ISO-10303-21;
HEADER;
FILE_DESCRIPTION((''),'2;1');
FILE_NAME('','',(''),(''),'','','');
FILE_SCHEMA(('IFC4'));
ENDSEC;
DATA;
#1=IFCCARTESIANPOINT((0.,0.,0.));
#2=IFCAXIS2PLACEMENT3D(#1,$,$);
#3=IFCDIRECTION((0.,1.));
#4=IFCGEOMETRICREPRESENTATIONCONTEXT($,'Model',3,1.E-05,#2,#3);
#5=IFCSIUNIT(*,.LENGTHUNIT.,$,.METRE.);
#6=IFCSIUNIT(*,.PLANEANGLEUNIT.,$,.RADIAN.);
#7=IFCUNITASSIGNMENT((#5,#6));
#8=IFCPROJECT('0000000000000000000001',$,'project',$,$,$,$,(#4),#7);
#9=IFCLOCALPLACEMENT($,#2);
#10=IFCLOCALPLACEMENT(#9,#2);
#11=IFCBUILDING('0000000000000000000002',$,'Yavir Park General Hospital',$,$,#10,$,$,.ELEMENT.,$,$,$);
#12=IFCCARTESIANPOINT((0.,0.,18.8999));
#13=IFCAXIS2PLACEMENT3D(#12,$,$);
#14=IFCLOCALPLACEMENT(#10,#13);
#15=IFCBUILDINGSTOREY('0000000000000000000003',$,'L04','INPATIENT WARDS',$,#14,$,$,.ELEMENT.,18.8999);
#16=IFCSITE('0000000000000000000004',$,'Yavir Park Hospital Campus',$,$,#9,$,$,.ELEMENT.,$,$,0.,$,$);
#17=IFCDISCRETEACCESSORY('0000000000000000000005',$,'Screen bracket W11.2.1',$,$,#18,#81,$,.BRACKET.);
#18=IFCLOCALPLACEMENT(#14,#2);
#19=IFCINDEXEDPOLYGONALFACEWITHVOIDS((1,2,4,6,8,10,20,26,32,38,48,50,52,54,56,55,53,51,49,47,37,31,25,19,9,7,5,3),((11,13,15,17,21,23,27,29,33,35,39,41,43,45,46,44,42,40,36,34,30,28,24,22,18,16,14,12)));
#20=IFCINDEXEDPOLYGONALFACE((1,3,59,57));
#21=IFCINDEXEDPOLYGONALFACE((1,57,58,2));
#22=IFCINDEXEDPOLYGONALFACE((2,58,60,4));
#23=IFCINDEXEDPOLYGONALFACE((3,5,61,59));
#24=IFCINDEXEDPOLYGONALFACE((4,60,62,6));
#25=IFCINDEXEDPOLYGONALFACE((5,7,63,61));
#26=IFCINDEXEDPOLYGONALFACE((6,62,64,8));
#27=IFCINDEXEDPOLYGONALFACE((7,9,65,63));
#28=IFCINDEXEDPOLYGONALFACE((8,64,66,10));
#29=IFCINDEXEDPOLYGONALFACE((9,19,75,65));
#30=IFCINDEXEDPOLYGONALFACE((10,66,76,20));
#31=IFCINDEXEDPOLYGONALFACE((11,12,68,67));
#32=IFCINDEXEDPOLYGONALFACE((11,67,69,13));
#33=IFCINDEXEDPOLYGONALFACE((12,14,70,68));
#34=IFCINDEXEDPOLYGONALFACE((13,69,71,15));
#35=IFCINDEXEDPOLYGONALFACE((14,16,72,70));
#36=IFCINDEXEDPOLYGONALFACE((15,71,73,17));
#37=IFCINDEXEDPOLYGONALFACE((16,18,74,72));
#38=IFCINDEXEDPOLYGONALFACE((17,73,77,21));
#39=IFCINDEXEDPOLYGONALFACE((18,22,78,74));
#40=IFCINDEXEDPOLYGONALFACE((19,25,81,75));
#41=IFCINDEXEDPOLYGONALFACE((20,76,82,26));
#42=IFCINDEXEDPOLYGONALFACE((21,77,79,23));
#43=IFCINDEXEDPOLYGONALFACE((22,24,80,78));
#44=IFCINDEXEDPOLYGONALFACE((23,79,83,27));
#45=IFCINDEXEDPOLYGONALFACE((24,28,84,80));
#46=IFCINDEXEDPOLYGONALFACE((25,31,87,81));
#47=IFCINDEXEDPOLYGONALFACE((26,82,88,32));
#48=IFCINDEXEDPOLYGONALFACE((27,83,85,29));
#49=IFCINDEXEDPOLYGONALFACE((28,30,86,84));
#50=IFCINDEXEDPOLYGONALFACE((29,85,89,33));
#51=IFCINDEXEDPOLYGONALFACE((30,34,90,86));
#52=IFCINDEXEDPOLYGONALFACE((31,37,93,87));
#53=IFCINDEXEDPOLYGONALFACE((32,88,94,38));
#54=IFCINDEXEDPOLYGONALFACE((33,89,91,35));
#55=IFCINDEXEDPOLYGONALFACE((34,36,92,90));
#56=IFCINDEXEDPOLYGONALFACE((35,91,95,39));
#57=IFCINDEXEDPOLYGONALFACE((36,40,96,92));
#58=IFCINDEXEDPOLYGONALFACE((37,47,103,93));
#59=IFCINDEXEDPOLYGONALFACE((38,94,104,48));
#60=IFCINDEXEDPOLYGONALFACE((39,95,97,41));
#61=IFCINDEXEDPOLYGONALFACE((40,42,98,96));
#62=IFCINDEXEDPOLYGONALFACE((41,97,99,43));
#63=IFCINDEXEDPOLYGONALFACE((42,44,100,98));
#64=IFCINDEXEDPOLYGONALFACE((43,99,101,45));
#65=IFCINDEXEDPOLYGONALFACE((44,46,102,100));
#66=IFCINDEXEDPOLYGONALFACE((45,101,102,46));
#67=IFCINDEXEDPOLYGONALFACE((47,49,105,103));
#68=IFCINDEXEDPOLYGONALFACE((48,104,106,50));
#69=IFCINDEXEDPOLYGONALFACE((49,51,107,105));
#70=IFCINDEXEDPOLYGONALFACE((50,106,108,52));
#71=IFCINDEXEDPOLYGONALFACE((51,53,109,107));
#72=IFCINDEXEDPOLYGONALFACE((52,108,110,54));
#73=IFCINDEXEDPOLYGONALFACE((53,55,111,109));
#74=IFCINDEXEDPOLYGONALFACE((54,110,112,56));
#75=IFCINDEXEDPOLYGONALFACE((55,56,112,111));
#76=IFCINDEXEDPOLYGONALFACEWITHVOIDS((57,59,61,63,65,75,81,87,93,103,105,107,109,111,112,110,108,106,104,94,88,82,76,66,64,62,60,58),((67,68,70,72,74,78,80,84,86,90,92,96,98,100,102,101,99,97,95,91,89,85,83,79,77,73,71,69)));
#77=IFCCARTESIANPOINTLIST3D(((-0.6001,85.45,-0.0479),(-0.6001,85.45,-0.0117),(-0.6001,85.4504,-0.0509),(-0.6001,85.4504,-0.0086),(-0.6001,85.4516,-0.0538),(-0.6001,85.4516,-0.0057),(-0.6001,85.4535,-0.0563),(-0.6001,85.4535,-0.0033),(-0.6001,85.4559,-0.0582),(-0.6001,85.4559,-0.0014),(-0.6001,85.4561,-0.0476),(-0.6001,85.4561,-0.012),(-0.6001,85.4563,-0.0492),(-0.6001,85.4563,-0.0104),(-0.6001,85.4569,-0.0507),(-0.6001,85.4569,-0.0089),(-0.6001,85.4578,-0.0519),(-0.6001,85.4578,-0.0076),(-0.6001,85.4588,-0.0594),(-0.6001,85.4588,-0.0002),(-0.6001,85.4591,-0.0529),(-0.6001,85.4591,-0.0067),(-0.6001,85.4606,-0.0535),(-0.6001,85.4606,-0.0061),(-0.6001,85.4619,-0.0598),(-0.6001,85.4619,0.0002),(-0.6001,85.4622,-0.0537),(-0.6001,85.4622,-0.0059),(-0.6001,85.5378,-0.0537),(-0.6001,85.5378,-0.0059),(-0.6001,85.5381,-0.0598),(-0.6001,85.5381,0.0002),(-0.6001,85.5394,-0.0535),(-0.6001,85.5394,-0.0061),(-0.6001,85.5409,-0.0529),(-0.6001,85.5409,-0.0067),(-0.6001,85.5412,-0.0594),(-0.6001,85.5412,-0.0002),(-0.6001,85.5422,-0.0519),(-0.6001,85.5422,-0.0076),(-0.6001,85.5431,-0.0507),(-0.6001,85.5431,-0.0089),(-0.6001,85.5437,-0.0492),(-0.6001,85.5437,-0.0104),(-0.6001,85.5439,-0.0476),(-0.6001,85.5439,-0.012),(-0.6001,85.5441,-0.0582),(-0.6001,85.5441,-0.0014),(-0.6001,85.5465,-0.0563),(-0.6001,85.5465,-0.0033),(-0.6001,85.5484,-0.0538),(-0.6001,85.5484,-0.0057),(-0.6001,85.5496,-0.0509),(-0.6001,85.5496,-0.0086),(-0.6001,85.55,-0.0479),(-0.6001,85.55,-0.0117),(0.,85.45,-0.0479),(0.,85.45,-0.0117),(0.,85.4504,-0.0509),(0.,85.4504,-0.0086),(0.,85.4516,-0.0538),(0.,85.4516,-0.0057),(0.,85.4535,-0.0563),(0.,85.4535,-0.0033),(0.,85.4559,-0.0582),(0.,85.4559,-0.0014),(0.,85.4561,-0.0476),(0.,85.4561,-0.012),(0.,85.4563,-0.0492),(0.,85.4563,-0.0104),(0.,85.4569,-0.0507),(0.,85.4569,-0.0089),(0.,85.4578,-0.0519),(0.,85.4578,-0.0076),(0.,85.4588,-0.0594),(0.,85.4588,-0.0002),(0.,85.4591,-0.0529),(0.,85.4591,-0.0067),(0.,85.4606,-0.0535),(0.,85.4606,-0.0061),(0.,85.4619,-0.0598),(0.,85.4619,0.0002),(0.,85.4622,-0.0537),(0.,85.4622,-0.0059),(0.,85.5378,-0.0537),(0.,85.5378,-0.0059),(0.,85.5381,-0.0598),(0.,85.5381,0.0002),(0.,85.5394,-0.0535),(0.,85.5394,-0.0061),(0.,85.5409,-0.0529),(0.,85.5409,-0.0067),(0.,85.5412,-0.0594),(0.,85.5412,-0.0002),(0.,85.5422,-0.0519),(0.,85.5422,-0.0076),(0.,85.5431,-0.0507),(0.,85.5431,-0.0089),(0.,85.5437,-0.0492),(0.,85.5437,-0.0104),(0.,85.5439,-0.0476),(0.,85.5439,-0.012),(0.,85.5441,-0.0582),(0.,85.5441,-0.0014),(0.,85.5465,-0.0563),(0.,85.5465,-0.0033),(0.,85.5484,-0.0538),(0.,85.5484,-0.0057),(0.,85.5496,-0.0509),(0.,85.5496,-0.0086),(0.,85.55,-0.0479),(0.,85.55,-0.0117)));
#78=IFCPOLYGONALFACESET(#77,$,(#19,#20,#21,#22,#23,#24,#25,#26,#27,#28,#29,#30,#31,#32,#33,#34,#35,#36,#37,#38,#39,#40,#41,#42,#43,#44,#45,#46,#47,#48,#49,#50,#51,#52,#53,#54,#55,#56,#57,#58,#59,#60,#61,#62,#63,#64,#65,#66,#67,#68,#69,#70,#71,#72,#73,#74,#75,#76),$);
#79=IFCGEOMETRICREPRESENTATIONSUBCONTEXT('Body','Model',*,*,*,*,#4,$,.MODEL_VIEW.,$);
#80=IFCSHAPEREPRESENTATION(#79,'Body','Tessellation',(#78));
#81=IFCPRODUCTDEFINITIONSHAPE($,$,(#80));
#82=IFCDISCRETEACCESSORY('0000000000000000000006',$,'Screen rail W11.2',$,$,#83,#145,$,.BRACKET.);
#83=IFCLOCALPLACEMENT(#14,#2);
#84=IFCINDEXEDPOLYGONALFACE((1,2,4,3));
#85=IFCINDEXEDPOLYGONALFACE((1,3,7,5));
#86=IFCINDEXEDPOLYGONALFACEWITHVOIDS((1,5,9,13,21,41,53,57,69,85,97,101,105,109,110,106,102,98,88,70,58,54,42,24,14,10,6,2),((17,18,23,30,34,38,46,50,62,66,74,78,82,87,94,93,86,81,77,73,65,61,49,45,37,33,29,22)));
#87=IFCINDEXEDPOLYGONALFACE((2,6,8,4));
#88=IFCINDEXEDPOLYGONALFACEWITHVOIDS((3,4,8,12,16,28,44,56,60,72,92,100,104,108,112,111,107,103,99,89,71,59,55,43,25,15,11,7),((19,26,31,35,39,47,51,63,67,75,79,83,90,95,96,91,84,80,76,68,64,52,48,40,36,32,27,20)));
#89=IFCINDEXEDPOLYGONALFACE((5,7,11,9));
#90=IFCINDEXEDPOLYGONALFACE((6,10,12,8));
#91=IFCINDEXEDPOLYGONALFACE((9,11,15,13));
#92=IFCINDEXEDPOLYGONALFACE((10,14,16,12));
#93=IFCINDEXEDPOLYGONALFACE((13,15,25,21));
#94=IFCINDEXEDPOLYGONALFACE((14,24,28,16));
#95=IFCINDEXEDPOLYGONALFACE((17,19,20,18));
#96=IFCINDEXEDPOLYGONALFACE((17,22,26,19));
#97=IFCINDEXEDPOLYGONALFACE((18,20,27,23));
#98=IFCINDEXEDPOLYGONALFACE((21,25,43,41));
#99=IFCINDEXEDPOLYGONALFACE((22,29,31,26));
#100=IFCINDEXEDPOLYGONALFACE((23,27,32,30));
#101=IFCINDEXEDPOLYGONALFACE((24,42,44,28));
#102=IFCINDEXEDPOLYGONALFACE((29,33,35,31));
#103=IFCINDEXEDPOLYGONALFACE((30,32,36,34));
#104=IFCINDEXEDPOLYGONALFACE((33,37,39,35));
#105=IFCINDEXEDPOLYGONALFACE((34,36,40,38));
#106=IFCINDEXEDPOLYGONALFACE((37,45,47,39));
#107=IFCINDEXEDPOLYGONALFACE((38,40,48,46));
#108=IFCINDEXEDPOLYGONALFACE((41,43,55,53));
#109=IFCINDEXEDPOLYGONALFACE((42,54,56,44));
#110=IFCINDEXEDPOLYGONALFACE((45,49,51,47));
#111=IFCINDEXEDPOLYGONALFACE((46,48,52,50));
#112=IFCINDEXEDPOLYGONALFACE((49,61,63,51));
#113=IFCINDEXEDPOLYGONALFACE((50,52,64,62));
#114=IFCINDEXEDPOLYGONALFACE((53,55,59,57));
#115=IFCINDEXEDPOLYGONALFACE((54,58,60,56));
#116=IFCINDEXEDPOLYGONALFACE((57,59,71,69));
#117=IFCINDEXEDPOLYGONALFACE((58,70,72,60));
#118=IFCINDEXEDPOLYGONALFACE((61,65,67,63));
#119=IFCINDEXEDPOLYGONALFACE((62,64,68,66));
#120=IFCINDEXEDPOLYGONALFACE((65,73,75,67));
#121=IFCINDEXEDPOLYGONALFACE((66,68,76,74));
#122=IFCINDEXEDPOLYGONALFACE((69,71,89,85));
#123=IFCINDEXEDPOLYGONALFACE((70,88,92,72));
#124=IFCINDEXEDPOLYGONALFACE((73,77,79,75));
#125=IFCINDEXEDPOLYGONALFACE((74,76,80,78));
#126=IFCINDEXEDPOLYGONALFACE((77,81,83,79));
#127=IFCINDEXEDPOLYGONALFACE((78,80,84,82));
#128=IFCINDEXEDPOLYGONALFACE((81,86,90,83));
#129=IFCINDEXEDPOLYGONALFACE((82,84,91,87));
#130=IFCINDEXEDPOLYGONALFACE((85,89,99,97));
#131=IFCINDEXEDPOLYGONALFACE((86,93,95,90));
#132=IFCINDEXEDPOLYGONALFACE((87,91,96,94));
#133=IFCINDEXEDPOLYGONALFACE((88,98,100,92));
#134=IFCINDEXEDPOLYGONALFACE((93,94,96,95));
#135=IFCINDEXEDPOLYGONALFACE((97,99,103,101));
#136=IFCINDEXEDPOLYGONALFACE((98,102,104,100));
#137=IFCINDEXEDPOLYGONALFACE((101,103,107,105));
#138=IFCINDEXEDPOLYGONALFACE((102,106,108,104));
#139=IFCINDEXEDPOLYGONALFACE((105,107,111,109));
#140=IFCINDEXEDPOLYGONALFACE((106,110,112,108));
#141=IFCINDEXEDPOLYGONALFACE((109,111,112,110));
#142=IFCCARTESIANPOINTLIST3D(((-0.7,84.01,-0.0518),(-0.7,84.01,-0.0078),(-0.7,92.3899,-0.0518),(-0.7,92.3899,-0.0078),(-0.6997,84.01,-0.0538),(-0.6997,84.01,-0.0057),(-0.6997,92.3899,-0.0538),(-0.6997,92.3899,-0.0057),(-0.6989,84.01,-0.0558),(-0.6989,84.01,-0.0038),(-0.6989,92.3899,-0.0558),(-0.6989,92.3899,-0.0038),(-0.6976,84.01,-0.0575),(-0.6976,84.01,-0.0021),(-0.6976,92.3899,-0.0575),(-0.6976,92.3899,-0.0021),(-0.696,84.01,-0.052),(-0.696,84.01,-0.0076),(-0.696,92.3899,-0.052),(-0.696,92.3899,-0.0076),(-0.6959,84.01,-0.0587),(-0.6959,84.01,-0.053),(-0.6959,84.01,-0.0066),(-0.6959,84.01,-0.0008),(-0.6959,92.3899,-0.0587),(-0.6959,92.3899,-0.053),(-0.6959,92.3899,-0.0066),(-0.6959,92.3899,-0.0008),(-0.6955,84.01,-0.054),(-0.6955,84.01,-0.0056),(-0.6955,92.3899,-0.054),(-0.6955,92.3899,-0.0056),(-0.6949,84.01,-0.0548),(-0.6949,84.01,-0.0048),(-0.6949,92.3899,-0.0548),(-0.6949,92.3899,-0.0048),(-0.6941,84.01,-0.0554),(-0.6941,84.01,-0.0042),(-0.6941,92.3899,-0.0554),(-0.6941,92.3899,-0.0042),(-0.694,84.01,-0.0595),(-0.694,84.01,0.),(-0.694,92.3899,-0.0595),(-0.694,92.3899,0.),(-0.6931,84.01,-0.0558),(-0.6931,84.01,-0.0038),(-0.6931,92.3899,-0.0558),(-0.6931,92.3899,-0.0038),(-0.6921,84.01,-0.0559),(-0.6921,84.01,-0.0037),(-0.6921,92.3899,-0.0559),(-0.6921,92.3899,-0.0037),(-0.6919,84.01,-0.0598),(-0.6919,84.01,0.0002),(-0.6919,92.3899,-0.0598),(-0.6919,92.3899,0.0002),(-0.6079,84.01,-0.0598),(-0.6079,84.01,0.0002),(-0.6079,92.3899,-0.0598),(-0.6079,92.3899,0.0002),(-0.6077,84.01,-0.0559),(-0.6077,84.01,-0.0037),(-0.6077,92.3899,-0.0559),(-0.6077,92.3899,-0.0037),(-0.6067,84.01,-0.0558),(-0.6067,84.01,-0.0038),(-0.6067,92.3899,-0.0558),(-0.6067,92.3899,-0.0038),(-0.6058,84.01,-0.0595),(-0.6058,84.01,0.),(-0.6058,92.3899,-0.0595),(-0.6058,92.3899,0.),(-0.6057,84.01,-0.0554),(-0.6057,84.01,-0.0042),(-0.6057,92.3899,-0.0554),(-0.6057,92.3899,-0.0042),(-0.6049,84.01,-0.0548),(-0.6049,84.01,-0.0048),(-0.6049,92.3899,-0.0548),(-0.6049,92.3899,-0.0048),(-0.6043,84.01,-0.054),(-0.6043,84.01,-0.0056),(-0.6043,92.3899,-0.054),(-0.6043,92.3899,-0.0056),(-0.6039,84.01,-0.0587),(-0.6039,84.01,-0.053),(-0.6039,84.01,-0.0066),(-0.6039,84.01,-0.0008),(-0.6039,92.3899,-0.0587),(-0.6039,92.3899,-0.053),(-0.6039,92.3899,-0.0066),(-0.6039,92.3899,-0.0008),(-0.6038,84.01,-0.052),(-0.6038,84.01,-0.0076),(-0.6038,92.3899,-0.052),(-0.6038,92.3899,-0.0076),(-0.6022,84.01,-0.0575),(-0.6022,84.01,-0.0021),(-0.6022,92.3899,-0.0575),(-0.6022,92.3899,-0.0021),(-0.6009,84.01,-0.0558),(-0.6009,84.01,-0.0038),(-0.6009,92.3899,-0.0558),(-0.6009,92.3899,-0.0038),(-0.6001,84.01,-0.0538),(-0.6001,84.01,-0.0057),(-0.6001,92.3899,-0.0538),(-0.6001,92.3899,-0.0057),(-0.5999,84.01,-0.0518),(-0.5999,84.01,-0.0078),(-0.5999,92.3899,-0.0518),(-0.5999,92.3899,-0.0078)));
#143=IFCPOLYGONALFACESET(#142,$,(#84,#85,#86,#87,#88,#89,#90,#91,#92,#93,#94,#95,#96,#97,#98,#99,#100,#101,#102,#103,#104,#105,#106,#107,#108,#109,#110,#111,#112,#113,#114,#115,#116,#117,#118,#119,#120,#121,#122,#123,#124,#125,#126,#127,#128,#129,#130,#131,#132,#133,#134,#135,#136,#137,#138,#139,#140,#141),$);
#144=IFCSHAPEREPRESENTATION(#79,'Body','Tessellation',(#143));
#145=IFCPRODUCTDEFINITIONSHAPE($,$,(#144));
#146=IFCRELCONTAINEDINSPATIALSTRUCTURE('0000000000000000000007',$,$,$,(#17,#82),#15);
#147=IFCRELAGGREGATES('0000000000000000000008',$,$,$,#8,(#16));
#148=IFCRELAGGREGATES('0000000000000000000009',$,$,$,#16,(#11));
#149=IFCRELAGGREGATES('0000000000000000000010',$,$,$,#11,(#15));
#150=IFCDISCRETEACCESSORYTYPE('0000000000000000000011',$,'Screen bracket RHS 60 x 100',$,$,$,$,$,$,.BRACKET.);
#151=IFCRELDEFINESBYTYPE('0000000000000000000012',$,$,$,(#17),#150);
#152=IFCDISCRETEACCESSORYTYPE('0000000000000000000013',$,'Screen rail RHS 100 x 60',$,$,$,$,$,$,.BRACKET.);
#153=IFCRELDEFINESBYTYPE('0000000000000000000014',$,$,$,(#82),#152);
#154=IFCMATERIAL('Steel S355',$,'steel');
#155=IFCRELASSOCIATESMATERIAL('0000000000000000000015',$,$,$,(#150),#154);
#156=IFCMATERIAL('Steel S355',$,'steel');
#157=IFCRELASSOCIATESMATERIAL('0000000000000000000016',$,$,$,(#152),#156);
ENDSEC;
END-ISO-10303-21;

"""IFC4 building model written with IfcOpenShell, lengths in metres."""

from ifc_helpers import new_model, si_unit, direction, frame, origin, origin_2d, place, context, subcontext, project, spatial, hollow_rectangle, extrude, material, material_profile, profile_set, type_object, element, save


model = new_model("IFC4")

# Units and contexts
model_context = context("Model", 3, precision=1e-05, world=origin(), true_north=direction((0.0, 1.0)))
body_context = subcontext(model_context, "Body", "Model", "MODEL_VIEW")
ifc_project = project(units=[si_unit("LENGTHUNIT", "METRE"), si_unit("PLANEANGLEUNIT", "RADIAN")], contexts=[model_context])

# Site, building, storey
site_placement = place(None, origin())
site = spatial("IfcSite", under=ifc_project, at=site_placement, Name="Yavir Park Hospital Campus", CompositionType="ELEMENT", RefElevation=0.0)
building_placement = place(site_placement, origin())
building = spatial("IfcBuilding", under=site, at=building_placement, Name="Yavir Park General Hospital", CompositionType="ELEMENT")
storey_placement = place(building_placement, frame((0.0, 0.0, 18.8999)))
storey = spatial("IfcBuildingStorey", under=building, at=storey_placement, Name="L04", Description="INPATIENT WARDS", CompositionType="ELEMENT", Elevation=18.8999)

# Discrete accessories
ifc_material_1 = material(Name="Steel S355", Category="steel")
ifc_material_profile_1 = material_profile(ifc_material_1, hollow_rectangle(XDim=0.1001, YDim=0.0601, WallThickness=0.0061, InnerFilletRadius=0.0061, OuterFilletRadius=0.012, at=origin_2d()), Name="RHS60x100x6")
ifc_profile_set_1 = profile_set([ifc_material_profile_1], Name="Steel S355")
discrete_accessory_type_1 = type_object("IfcDiscreteAccessoryType", Name="Screen bracket RHS 60 x 100", PredefinedType="BRACKET", material=ifc_profile_set_1)
discrete_accessory_1_placement = place(storey_placement, frame((0.0, 85.5, -0.0298), z_axis=(-1.0, 0.0, 0.0), x_axis=(0.0, -1.0, 0.0)))
element("IfcDiscreteAccessory", 1, at=discrete_accessory_1_placement, inside=storey, type_object=discrete_accessory_type_1, Name="Screen bracket W11.2.1", PredefinedType="BRACKET", context=body_context, shape_type="SweptSolid", body=[
    extrude(hollow_rectangle(XDim=0.1001, YDim=0.0601, WallThickness=0.0061, InnerFilletRadius=0.0061, OuterFilletRadius=0.012, at=origin_2d()), origin(), (0.0, 0.0, 1.0), 0.6001),
])
ifc_material_2 = material(Name="Steel S355", Category="steel")
ifc_material_profile_2 = material_profile(ifc_material_2, hollow_rectangle(XDim=0.1001, YDim=0.0601, WallThickness=0.0039, InnerFilletRadius=0.0039, OuterFilletRadius=0.0081, at=origin_2d()), Name="RHS60x100x4")
ifc_profile_set_2 = profile_set([ifc_material_profile_2], Name="Steel S355")
discrete_accessory_type_2 = type_object("IfcDiscreteAccessoryType", Name="Screen rail RHS 100 x 60", PredefinedType="BRACKET", material=ifc_profile_set_2)
discrete_accessory_2_placement = place(storey_placement, frame((-0.6499, 84.01, -0.0298), z_axis=(0.0, 1.0, 0.0), x_axis=(-1.0, 0.0, 0.0)))
element("IfcDiscreteAccessory", 2, at=discrete_accessory_2_placement, inside=storey, type_object=discrete_accessory_type_2, Name="Screen rail W11.2", PredefinedType="BRACKET", context=body_context, shape_type="SweptSolid", body=[
    extrude(hollow_rectangle(XDim=0.1001, YDim=0.0601, WallThickness=0.0039, InnerFilletRadius=0.0039, OuterFilletRadius=0.0081, at=origin_2d()), origin(), (0.0, 0.0, 1.0), 8.3799),
])

save(model, "model.ifc")
